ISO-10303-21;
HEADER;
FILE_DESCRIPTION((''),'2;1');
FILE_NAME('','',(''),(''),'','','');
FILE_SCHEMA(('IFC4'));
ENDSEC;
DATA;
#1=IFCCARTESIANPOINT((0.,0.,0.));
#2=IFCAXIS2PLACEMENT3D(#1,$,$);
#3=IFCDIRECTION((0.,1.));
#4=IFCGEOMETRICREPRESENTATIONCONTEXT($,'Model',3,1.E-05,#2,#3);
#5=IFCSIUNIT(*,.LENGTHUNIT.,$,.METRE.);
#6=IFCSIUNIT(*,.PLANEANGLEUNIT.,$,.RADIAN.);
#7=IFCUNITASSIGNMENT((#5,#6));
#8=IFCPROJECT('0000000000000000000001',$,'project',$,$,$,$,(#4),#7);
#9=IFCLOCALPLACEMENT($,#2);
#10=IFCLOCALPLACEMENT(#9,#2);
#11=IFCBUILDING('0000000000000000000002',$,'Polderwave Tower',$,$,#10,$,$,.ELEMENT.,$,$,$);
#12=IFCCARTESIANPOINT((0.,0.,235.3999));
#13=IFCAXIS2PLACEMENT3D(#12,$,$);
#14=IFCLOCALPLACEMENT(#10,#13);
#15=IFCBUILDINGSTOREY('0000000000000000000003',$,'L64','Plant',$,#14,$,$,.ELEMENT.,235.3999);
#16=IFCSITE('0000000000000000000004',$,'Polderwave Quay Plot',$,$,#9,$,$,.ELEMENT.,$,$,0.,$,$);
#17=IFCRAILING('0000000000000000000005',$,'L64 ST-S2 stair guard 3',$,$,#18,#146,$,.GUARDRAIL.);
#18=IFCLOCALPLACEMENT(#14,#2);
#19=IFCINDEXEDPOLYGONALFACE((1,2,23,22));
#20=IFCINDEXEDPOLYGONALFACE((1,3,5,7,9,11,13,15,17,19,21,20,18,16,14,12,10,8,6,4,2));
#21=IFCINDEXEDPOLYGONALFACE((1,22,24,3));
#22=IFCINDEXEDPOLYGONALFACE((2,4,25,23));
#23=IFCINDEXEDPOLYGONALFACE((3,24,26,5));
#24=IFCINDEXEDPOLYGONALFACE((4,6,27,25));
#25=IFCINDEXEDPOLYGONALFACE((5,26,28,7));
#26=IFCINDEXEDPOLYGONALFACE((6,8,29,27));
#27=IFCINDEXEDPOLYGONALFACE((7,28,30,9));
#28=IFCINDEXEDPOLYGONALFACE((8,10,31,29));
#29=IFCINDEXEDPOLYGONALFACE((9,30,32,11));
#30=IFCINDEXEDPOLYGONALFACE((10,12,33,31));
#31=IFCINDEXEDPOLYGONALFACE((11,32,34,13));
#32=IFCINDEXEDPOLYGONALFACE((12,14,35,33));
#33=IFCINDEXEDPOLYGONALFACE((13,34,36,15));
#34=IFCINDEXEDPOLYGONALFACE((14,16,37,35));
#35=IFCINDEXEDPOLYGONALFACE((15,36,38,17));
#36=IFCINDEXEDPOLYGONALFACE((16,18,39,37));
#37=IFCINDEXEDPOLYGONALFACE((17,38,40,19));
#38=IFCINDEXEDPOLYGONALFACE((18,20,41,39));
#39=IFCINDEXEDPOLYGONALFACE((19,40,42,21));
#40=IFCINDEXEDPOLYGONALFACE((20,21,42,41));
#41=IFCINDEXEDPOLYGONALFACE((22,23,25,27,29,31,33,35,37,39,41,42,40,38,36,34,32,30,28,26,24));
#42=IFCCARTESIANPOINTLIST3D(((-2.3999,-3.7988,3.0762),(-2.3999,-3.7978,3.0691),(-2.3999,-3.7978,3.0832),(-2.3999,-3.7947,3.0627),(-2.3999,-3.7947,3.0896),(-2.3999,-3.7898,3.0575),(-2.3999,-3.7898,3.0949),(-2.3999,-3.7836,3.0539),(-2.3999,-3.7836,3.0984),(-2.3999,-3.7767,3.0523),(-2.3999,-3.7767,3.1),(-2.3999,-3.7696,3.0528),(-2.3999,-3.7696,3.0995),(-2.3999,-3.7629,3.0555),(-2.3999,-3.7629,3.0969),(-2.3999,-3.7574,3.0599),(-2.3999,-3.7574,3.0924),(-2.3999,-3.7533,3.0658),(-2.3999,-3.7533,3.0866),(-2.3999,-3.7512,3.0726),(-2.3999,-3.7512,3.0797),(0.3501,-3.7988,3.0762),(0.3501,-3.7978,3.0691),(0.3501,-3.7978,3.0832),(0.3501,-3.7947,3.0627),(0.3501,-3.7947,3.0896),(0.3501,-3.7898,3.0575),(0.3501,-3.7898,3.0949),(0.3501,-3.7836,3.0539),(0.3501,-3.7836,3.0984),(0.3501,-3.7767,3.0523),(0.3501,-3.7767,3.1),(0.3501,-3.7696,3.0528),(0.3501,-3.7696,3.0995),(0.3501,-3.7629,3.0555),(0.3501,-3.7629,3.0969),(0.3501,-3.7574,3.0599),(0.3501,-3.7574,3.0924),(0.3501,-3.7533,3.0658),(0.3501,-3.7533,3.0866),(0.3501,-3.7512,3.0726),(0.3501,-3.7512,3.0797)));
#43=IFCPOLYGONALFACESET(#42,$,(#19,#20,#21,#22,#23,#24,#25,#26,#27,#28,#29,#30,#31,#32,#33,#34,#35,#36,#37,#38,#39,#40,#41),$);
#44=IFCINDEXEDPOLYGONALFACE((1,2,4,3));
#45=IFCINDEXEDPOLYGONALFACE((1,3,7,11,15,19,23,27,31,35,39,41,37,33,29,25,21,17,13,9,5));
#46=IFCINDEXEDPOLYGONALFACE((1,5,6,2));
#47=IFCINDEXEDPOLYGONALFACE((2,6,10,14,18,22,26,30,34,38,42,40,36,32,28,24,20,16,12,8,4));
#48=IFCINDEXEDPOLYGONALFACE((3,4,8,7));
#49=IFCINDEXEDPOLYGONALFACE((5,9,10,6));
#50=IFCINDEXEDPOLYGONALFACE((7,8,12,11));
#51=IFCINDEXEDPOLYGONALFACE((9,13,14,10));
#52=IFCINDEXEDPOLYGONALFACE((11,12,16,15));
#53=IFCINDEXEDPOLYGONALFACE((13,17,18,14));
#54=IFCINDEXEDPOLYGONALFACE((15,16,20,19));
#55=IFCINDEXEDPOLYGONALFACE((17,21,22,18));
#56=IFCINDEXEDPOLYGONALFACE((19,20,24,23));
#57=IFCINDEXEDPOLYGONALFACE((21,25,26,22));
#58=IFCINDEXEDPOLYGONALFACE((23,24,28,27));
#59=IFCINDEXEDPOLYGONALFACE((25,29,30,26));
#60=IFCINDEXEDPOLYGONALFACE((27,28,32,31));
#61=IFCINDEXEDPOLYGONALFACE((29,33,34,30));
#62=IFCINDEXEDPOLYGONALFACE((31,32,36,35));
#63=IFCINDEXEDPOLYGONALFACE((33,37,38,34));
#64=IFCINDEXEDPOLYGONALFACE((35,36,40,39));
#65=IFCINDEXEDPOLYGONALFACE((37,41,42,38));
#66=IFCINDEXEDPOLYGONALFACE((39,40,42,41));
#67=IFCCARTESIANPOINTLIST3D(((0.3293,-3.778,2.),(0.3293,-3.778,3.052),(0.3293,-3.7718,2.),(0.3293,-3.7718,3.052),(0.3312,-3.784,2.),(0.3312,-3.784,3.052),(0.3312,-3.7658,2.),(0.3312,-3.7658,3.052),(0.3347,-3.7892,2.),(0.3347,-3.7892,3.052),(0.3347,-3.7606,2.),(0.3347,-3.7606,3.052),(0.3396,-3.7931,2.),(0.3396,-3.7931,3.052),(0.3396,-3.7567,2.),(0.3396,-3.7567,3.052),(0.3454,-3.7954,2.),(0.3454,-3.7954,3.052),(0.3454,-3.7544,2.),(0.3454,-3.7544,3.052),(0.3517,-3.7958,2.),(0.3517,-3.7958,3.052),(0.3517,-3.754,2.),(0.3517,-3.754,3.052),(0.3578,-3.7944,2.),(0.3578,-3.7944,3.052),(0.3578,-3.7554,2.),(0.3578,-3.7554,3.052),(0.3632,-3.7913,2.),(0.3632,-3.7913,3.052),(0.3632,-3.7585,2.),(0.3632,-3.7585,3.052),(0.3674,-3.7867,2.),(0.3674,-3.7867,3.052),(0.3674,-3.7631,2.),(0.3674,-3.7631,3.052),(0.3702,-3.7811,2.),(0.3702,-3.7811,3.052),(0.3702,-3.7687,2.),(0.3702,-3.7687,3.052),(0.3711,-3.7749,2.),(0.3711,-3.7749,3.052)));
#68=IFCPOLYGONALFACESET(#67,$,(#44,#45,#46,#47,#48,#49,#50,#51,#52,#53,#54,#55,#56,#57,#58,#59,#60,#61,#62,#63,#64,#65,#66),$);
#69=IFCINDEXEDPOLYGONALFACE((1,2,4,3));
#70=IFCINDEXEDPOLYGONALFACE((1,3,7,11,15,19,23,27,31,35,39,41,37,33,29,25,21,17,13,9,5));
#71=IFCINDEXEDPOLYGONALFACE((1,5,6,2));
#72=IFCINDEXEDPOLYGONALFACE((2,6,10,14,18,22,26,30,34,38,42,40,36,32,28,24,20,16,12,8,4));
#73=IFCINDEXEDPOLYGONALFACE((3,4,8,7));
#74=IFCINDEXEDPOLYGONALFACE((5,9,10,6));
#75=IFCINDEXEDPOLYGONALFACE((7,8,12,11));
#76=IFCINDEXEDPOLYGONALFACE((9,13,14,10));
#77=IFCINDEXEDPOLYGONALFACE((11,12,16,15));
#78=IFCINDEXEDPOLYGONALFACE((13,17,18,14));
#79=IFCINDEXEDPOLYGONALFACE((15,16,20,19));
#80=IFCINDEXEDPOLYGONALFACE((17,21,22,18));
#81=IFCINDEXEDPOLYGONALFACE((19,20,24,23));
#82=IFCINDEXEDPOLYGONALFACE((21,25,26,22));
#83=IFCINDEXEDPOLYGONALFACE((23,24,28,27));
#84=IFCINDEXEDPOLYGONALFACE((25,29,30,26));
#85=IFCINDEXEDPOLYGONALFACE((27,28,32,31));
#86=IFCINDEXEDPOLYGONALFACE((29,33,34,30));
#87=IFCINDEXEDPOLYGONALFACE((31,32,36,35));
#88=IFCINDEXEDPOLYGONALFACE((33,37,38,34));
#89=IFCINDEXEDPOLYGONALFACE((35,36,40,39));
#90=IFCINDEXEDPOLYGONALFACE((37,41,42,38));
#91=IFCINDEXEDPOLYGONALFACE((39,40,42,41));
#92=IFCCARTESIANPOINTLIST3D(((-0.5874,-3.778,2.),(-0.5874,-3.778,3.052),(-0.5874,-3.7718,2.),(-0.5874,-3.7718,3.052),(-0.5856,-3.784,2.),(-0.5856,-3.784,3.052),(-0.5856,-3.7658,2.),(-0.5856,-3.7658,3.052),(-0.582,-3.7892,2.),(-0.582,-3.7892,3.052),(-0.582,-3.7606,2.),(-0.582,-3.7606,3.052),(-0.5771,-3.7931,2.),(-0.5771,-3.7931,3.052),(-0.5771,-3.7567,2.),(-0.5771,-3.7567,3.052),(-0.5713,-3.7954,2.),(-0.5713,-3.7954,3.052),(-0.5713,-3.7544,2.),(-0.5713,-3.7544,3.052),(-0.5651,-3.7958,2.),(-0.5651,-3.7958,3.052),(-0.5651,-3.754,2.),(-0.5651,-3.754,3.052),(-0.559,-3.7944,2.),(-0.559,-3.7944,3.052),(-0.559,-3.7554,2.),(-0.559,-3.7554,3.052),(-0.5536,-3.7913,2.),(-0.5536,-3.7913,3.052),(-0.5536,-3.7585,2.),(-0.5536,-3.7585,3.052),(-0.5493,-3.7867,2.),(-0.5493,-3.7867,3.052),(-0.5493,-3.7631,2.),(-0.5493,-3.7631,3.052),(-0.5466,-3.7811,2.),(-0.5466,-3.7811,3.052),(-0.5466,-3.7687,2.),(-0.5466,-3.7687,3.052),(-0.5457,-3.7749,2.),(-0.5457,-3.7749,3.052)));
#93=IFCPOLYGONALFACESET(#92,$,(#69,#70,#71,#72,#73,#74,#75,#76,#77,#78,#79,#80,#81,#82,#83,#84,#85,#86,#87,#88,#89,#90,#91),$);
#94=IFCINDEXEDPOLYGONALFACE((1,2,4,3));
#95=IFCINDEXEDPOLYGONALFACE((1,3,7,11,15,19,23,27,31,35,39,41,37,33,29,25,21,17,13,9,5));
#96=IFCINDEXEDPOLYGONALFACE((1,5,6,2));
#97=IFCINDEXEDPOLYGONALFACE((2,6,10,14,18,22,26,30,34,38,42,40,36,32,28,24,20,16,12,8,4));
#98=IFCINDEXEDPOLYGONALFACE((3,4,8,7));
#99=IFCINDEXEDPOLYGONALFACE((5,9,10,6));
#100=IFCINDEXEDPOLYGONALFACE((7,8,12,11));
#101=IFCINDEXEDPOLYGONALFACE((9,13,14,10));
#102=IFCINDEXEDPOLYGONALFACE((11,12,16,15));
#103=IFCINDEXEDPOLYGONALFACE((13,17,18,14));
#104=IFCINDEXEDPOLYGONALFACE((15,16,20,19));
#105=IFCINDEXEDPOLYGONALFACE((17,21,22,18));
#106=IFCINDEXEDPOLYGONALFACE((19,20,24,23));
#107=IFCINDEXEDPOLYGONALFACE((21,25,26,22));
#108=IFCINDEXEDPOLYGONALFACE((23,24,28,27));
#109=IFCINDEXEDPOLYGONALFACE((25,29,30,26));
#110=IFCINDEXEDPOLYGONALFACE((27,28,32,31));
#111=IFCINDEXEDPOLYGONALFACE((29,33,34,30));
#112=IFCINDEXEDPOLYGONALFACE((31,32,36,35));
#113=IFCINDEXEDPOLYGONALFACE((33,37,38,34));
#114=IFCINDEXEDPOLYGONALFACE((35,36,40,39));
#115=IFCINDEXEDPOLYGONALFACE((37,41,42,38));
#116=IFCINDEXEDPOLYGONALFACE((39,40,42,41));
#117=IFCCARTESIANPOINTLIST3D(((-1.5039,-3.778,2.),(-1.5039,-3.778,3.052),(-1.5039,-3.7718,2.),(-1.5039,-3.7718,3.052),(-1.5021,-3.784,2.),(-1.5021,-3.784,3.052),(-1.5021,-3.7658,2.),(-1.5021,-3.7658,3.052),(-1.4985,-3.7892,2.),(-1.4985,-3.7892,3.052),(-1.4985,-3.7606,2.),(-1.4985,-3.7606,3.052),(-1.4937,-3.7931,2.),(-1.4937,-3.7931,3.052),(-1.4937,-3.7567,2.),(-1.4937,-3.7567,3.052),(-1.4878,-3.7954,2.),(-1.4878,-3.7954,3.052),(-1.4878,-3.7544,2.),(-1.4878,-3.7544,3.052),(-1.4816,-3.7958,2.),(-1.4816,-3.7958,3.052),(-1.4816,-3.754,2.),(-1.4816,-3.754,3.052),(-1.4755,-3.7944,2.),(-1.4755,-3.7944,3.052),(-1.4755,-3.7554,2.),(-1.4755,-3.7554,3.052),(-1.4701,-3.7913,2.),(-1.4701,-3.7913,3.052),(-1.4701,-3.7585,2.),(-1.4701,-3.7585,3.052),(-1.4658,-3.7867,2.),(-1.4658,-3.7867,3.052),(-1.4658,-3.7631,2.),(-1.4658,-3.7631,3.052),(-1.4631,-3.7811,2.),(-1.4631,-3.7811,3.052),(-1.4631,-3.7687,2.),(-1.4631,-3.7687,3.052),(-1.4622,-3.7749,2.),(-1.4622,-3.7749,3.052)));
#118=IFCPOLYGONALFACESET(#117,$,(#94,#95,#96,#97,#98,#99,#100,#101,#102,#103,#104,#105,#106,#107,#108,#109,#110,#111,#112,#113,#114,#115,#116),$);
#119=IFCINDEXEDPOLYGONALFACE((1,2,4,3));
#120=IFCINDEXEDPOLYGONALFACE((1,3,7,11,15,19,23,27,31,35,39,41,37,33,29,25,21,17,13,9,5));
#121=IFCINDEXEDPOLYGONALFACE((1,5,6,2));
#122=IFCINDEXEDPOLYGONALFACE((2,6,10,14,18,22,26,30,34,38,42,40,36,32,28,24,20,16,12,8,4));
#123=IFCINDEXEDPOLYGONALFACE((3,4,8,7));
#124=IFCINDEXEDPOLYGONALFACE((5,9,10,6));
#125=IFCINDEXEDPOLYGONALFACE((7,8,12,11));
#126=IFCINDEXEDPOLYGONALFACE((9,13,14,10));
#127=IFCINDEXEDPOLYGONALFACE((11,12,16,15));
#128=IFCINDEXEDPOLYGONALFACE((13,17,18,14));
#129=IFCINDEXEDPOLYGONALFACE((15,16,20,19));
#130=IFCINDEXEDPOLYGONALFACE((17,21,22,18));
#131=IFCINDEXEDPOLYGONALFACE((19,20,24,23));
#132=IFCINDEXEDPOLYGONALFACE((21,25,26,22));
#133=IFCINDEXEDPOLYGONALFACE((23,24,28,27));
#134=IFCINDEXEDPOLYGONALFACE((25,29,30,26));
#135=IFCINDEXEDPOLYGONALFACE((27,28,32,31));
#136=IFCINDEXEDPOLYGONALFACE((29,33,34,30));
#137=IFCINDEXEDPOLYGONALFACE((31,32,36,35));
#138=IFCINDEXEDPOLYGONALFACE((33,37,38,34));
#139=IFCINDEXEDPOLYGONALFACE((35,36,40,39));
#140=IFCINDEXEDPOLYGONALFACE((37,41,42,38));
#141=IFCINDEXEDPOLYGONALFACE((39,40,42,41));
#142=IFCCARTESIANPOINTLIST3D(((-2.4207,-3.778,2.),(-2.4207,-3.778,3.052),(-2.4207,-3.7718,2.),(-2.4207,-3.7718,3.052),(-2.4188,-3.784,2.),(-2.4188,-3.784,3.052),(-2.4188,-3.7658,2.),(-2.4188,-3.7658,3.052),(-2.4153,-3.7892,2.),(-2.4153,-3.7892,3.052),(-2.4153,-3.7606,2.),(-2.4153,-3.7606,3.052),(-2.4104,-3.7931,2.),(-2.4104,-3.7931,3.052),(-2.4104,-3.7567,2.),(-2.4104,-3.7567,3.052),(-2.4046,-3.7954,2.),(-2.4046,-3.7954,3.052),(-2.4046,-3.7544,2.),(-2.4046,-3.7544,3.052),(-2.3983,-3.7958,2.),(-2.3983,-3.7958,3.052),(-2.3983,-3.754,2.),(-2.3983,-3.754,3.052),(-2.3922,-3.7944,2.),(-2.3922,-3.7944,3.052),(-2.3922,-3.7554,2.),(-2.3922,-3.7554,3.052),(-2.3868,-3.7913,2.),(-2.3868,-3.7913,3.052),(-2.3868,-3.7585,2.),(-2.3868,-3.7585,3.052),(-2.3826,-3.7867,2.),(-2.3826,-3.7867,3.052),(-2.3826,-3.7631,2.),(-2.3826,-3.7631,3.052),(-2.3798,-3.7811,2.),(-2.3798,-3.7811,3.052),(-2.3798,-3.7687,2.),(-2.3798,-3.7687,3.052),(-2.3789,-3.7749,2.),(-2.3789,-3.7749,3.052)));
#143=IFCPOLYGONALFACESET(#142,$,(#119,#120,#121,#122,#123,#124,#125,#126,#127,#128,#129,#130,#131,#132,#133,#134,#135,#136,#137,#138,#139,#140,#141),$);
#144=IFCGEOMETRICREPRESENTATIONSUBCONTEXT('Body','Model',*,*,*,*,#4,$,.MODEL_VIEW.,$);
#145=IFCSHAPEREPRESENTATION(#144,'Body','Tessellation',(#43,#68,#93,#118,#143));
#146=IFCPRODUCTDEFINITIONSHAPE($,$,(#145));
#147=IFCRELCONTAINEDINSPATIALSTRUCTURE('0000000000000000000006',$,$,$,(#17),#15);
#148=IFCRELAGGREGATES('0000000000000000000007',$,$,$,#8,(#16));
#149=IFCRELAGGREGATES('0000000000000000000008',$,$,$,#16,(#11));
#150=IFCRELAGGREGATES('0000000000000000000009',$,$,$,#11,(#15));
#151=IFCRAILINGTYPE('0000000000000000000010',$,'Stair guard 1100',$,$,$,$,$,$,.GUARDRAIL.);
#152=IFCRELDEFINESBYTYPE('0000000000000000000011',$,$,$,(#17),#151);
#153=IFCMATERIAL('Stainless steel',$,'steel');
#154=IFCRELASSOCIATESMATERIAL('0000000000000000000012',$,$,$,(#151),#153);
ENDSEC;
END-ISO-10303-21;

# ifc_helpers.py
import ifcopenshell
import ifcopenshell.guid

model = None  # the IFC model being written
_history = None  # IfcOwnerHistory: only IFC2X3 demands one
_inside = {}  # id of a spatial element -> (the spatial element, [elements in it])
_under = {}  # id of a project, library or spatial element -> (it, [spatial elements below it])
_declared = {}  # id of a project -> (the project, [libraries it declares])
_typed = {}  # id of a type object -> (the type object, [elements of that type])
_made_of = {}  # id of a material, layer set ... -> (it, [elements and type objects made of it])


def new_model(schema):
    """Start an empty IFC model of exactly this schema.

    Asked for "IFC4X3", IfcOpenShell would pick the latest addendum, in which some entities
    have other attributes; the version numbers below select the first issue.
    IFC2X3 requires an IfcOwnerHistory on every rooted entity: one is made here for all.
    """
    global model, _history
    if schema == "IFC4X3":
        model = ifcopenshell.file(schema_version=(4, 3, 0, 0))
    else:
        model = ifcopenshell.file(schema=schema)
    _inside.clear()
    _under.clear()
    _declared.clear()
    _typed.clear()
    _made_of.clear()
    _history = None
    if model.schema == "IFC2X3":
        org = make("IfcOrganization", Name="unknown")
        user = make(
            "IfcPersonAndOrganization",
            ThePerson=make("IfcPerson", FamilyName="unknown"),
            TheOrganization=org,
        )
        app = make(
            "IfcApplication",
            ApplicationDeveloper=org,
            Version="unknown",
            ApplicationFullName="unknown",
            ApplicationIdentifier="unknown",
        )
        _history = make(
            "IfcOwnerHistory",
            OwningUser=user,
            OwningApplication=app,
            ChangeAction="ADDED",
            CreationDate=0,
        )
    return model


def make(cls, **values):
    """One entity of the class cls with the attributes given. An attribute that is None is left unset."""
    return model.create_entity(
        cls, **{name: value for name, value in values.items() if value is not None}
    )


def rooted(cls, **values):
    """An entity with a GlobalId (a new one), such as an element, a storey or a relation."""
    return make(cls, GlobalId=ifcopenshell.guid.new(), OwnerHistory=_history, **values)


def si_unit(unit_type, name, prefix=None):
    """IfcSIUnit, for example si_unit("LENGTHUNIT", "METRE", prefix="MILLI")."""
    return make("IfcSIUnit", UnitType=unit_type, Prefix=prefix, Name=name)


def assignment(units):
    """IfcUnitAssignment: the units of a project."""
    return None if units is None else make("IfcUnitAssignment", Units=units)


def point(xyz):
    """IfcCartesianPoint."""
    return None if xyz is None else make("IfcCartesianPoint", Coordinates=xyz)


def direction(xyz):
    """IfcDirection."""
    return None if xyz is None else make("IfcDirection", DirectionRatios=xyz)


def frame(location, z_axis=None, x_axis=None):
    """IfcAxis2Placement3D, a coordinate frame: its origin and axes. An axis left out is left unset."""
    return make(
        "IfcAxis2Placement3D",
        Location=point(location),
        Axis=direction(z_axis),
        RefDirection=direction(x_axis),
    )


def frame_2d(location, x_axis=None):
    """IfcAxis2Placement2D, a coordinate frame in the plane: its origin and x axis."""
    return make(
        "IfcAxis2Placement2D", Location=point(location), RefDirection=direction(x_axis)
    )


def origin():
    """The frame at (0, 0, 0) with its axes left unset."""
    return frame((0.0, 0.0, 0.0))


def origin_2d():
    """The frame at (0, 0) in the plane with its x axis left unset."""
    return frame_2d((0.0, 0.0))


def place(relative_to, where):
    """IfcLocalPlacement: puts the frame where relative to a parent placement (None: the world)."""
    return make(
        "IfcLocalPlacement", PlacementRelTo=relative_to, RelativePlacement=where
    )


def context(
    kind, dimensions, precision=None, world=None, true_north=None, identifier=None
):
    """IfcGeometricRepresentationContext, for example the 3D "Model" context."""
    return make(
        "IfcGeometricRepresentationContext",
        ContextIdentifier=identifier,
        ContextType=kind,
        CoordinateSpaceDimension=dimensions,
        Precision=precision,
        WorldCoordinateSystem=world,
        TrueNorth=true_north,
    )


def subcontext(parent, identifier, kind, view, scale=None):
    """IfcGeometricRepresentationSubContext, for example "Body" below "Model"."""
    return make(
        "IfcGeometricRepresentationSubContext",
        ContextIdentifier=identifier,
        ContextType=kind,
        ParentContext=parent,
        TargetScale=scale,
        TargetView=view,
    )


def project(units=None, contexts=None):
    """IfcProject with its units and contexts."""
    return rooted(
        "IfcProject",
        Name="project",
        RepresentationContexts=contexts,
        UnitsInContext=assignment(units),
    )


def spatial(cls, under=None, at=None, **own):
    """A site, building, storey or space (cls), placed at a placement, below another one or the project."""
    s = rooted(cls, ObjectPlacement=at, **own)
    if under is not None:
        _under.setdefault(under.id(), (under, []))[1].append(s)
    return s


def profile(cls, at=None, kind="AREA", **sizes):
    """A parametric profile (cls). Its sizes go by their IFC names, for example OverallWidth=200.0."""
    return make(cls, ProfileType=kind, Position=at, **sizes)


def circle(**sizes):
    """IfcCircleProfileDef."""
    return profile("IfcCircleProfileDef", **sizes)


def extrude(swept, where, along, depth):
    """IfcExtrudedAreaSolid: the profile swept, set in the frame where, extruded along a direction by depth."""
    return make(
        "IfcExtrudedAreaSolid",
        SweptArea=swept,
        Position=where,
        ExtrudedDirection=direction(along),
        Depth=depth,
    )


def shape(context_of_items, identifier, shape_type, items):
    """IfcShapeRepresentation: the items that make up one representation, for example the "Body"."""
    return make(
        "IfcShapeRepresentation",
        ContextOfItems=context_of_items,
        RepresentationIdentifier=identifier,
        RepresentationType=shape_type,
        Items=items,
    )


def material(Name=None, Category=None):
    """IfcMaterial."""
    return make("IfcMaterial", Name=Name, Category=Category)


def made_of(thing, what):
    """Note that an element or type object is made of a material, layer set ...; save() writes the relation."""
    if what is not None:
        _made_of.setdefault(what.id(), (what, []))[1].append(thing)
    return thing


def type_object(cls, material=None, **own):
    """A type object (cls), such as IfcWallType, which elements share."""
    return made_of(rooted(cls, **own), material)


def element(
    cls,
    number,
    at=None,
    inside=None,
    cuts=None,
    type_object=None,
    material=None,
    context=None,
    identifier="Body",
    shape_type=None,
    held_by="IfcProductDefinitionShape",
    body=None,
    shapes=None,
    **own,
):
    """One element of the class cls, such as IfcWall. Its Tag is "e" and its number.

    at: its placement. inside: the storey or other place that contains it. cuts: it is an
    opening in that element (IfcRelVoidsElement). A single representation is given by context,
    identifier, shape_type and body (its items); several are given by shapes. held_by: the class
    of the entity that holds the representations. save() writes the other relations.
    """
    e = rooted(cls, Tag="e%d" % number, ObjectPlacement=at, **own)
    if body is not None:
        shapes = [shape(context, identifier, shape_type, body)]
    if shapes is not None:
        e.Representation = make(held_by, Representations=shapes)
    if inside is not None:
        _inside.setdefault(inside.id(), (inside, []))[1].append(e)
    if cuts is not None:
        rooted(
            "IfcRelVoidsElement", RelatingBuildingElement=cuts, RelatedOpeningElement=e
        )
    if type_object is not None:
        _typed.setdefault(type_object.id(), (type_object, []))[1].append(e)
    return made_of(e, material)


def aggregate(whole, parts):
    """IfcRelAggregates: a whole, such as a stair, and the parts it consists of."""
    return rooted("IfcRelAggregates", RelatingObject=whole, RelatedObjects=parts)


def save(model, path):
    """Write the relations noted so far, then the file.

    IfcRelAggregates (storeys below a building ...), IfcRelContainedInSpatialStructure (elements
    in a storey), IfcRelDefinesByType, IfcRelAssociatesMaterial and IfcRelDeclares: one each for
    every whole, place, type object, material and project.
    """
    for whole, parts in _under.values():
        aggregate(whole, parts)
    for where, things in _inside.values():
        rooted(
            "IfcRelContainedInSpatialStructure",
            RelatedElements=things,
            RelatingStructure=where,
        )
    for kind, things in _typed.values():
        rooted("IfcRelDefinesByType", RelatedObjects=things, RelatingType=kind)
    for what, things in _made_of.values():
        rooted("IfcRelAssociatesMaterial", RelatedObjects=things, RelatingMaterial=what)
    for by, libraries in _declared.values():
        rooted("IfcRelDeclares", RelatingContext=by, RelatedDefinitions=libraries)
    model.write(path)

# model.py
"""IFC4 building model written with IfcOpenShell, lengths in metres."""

from ifc_helpers import new_model, si_unit, direction, frame, origin, origin_2d, place, context, subcontext, project, spatial, circle, extrude, material, type_object, element, save


model = new_model("IFC4")

# Units and contexts
model_context = context("Model", 3, precision=1e-05, world=origin(), true_north=direction((0.0, 1.0)))
body_context = subcontext(model_context, "Body", "Model", "MODEL_VIEW")
ifc_project = project(units=[si_unit("LENGTHUNIT", "METRE"), si_unit("PLANEANGLEUNIT", "RADIAN")], contexts=[model_context])

# Site, building, storey
site_placement = place(None, origin())
site = spatial("IfcSite", under=ifc_project, at=site_placement, Name="Polderwave Quay Plot", CompositionType="ELEMENT", RefElevation=0.0)
building_placement = place(site_placement, origin())
building = spatial("IfcBuilding", under=site, at=building_placement, Name="Polderwave Tower", CompositionType="ELEMENT")
storey_placement = place(building_placement, frame((0.0, 0.0, 235.3999)))
storey = spatial("IfcBuildingStorey", under=building, at=storey_placement, Name="L64", Description="Plant", CompositionType="ELEMENT", Elevation=235.3999)

# Railing
ifc_material_1 = material(Name="Stainless steel", Category="steel")
railing_type_1 = type_object("IfcRailingType", Name="Stair guard 1100", PredefinedType="GUARDRAIL", material=ifc_material_1)
railing_1_placement = place(storey_placement, frame((0.3501, -3.7749, 2.0)))
element("IfcRailing", 1, at=railing_1_placement, inside=storey, type_object=railing_type_1, Name="L64 ST-S2 stair guard 3", PredefinedType="GUARDRAIL", context=body_context, shape_type="SweptSolid", body=[
    extrude(circle(Radius=0.0239, at=origin_2d()), frame((0.0, 0.0, 1.0762), z_axis=(-1.0, 0.0, 0.0), x_axis=(0.0, -1.0, 0.0)), (0.0, 0.0, 1.0), 2.75),
    extrude(circle(Radius=0.021, at=origin_2d()), origin(), (0.0, 0.0, 1.0), 1.052),
    extrude(circle(Radius=0.021, at=origin_2d()), frame((-0.9167, 0.0, 0.0)), (0.0, 0.0, 1.0), 1.052),
    extrude(circle(Radius=0.021, at=origin_2d()), frame((-1.8333, 0.0, 0.0)), (0.0, 0.0, 1.0), 1.052),
    extrude(circle(Radius=0.021, at=origin_2d()), frame((-2.75, 0.0, 0.0)), (0.0, 0.0, 1.0), 1.052),
])

save(model, "model.ifc")
